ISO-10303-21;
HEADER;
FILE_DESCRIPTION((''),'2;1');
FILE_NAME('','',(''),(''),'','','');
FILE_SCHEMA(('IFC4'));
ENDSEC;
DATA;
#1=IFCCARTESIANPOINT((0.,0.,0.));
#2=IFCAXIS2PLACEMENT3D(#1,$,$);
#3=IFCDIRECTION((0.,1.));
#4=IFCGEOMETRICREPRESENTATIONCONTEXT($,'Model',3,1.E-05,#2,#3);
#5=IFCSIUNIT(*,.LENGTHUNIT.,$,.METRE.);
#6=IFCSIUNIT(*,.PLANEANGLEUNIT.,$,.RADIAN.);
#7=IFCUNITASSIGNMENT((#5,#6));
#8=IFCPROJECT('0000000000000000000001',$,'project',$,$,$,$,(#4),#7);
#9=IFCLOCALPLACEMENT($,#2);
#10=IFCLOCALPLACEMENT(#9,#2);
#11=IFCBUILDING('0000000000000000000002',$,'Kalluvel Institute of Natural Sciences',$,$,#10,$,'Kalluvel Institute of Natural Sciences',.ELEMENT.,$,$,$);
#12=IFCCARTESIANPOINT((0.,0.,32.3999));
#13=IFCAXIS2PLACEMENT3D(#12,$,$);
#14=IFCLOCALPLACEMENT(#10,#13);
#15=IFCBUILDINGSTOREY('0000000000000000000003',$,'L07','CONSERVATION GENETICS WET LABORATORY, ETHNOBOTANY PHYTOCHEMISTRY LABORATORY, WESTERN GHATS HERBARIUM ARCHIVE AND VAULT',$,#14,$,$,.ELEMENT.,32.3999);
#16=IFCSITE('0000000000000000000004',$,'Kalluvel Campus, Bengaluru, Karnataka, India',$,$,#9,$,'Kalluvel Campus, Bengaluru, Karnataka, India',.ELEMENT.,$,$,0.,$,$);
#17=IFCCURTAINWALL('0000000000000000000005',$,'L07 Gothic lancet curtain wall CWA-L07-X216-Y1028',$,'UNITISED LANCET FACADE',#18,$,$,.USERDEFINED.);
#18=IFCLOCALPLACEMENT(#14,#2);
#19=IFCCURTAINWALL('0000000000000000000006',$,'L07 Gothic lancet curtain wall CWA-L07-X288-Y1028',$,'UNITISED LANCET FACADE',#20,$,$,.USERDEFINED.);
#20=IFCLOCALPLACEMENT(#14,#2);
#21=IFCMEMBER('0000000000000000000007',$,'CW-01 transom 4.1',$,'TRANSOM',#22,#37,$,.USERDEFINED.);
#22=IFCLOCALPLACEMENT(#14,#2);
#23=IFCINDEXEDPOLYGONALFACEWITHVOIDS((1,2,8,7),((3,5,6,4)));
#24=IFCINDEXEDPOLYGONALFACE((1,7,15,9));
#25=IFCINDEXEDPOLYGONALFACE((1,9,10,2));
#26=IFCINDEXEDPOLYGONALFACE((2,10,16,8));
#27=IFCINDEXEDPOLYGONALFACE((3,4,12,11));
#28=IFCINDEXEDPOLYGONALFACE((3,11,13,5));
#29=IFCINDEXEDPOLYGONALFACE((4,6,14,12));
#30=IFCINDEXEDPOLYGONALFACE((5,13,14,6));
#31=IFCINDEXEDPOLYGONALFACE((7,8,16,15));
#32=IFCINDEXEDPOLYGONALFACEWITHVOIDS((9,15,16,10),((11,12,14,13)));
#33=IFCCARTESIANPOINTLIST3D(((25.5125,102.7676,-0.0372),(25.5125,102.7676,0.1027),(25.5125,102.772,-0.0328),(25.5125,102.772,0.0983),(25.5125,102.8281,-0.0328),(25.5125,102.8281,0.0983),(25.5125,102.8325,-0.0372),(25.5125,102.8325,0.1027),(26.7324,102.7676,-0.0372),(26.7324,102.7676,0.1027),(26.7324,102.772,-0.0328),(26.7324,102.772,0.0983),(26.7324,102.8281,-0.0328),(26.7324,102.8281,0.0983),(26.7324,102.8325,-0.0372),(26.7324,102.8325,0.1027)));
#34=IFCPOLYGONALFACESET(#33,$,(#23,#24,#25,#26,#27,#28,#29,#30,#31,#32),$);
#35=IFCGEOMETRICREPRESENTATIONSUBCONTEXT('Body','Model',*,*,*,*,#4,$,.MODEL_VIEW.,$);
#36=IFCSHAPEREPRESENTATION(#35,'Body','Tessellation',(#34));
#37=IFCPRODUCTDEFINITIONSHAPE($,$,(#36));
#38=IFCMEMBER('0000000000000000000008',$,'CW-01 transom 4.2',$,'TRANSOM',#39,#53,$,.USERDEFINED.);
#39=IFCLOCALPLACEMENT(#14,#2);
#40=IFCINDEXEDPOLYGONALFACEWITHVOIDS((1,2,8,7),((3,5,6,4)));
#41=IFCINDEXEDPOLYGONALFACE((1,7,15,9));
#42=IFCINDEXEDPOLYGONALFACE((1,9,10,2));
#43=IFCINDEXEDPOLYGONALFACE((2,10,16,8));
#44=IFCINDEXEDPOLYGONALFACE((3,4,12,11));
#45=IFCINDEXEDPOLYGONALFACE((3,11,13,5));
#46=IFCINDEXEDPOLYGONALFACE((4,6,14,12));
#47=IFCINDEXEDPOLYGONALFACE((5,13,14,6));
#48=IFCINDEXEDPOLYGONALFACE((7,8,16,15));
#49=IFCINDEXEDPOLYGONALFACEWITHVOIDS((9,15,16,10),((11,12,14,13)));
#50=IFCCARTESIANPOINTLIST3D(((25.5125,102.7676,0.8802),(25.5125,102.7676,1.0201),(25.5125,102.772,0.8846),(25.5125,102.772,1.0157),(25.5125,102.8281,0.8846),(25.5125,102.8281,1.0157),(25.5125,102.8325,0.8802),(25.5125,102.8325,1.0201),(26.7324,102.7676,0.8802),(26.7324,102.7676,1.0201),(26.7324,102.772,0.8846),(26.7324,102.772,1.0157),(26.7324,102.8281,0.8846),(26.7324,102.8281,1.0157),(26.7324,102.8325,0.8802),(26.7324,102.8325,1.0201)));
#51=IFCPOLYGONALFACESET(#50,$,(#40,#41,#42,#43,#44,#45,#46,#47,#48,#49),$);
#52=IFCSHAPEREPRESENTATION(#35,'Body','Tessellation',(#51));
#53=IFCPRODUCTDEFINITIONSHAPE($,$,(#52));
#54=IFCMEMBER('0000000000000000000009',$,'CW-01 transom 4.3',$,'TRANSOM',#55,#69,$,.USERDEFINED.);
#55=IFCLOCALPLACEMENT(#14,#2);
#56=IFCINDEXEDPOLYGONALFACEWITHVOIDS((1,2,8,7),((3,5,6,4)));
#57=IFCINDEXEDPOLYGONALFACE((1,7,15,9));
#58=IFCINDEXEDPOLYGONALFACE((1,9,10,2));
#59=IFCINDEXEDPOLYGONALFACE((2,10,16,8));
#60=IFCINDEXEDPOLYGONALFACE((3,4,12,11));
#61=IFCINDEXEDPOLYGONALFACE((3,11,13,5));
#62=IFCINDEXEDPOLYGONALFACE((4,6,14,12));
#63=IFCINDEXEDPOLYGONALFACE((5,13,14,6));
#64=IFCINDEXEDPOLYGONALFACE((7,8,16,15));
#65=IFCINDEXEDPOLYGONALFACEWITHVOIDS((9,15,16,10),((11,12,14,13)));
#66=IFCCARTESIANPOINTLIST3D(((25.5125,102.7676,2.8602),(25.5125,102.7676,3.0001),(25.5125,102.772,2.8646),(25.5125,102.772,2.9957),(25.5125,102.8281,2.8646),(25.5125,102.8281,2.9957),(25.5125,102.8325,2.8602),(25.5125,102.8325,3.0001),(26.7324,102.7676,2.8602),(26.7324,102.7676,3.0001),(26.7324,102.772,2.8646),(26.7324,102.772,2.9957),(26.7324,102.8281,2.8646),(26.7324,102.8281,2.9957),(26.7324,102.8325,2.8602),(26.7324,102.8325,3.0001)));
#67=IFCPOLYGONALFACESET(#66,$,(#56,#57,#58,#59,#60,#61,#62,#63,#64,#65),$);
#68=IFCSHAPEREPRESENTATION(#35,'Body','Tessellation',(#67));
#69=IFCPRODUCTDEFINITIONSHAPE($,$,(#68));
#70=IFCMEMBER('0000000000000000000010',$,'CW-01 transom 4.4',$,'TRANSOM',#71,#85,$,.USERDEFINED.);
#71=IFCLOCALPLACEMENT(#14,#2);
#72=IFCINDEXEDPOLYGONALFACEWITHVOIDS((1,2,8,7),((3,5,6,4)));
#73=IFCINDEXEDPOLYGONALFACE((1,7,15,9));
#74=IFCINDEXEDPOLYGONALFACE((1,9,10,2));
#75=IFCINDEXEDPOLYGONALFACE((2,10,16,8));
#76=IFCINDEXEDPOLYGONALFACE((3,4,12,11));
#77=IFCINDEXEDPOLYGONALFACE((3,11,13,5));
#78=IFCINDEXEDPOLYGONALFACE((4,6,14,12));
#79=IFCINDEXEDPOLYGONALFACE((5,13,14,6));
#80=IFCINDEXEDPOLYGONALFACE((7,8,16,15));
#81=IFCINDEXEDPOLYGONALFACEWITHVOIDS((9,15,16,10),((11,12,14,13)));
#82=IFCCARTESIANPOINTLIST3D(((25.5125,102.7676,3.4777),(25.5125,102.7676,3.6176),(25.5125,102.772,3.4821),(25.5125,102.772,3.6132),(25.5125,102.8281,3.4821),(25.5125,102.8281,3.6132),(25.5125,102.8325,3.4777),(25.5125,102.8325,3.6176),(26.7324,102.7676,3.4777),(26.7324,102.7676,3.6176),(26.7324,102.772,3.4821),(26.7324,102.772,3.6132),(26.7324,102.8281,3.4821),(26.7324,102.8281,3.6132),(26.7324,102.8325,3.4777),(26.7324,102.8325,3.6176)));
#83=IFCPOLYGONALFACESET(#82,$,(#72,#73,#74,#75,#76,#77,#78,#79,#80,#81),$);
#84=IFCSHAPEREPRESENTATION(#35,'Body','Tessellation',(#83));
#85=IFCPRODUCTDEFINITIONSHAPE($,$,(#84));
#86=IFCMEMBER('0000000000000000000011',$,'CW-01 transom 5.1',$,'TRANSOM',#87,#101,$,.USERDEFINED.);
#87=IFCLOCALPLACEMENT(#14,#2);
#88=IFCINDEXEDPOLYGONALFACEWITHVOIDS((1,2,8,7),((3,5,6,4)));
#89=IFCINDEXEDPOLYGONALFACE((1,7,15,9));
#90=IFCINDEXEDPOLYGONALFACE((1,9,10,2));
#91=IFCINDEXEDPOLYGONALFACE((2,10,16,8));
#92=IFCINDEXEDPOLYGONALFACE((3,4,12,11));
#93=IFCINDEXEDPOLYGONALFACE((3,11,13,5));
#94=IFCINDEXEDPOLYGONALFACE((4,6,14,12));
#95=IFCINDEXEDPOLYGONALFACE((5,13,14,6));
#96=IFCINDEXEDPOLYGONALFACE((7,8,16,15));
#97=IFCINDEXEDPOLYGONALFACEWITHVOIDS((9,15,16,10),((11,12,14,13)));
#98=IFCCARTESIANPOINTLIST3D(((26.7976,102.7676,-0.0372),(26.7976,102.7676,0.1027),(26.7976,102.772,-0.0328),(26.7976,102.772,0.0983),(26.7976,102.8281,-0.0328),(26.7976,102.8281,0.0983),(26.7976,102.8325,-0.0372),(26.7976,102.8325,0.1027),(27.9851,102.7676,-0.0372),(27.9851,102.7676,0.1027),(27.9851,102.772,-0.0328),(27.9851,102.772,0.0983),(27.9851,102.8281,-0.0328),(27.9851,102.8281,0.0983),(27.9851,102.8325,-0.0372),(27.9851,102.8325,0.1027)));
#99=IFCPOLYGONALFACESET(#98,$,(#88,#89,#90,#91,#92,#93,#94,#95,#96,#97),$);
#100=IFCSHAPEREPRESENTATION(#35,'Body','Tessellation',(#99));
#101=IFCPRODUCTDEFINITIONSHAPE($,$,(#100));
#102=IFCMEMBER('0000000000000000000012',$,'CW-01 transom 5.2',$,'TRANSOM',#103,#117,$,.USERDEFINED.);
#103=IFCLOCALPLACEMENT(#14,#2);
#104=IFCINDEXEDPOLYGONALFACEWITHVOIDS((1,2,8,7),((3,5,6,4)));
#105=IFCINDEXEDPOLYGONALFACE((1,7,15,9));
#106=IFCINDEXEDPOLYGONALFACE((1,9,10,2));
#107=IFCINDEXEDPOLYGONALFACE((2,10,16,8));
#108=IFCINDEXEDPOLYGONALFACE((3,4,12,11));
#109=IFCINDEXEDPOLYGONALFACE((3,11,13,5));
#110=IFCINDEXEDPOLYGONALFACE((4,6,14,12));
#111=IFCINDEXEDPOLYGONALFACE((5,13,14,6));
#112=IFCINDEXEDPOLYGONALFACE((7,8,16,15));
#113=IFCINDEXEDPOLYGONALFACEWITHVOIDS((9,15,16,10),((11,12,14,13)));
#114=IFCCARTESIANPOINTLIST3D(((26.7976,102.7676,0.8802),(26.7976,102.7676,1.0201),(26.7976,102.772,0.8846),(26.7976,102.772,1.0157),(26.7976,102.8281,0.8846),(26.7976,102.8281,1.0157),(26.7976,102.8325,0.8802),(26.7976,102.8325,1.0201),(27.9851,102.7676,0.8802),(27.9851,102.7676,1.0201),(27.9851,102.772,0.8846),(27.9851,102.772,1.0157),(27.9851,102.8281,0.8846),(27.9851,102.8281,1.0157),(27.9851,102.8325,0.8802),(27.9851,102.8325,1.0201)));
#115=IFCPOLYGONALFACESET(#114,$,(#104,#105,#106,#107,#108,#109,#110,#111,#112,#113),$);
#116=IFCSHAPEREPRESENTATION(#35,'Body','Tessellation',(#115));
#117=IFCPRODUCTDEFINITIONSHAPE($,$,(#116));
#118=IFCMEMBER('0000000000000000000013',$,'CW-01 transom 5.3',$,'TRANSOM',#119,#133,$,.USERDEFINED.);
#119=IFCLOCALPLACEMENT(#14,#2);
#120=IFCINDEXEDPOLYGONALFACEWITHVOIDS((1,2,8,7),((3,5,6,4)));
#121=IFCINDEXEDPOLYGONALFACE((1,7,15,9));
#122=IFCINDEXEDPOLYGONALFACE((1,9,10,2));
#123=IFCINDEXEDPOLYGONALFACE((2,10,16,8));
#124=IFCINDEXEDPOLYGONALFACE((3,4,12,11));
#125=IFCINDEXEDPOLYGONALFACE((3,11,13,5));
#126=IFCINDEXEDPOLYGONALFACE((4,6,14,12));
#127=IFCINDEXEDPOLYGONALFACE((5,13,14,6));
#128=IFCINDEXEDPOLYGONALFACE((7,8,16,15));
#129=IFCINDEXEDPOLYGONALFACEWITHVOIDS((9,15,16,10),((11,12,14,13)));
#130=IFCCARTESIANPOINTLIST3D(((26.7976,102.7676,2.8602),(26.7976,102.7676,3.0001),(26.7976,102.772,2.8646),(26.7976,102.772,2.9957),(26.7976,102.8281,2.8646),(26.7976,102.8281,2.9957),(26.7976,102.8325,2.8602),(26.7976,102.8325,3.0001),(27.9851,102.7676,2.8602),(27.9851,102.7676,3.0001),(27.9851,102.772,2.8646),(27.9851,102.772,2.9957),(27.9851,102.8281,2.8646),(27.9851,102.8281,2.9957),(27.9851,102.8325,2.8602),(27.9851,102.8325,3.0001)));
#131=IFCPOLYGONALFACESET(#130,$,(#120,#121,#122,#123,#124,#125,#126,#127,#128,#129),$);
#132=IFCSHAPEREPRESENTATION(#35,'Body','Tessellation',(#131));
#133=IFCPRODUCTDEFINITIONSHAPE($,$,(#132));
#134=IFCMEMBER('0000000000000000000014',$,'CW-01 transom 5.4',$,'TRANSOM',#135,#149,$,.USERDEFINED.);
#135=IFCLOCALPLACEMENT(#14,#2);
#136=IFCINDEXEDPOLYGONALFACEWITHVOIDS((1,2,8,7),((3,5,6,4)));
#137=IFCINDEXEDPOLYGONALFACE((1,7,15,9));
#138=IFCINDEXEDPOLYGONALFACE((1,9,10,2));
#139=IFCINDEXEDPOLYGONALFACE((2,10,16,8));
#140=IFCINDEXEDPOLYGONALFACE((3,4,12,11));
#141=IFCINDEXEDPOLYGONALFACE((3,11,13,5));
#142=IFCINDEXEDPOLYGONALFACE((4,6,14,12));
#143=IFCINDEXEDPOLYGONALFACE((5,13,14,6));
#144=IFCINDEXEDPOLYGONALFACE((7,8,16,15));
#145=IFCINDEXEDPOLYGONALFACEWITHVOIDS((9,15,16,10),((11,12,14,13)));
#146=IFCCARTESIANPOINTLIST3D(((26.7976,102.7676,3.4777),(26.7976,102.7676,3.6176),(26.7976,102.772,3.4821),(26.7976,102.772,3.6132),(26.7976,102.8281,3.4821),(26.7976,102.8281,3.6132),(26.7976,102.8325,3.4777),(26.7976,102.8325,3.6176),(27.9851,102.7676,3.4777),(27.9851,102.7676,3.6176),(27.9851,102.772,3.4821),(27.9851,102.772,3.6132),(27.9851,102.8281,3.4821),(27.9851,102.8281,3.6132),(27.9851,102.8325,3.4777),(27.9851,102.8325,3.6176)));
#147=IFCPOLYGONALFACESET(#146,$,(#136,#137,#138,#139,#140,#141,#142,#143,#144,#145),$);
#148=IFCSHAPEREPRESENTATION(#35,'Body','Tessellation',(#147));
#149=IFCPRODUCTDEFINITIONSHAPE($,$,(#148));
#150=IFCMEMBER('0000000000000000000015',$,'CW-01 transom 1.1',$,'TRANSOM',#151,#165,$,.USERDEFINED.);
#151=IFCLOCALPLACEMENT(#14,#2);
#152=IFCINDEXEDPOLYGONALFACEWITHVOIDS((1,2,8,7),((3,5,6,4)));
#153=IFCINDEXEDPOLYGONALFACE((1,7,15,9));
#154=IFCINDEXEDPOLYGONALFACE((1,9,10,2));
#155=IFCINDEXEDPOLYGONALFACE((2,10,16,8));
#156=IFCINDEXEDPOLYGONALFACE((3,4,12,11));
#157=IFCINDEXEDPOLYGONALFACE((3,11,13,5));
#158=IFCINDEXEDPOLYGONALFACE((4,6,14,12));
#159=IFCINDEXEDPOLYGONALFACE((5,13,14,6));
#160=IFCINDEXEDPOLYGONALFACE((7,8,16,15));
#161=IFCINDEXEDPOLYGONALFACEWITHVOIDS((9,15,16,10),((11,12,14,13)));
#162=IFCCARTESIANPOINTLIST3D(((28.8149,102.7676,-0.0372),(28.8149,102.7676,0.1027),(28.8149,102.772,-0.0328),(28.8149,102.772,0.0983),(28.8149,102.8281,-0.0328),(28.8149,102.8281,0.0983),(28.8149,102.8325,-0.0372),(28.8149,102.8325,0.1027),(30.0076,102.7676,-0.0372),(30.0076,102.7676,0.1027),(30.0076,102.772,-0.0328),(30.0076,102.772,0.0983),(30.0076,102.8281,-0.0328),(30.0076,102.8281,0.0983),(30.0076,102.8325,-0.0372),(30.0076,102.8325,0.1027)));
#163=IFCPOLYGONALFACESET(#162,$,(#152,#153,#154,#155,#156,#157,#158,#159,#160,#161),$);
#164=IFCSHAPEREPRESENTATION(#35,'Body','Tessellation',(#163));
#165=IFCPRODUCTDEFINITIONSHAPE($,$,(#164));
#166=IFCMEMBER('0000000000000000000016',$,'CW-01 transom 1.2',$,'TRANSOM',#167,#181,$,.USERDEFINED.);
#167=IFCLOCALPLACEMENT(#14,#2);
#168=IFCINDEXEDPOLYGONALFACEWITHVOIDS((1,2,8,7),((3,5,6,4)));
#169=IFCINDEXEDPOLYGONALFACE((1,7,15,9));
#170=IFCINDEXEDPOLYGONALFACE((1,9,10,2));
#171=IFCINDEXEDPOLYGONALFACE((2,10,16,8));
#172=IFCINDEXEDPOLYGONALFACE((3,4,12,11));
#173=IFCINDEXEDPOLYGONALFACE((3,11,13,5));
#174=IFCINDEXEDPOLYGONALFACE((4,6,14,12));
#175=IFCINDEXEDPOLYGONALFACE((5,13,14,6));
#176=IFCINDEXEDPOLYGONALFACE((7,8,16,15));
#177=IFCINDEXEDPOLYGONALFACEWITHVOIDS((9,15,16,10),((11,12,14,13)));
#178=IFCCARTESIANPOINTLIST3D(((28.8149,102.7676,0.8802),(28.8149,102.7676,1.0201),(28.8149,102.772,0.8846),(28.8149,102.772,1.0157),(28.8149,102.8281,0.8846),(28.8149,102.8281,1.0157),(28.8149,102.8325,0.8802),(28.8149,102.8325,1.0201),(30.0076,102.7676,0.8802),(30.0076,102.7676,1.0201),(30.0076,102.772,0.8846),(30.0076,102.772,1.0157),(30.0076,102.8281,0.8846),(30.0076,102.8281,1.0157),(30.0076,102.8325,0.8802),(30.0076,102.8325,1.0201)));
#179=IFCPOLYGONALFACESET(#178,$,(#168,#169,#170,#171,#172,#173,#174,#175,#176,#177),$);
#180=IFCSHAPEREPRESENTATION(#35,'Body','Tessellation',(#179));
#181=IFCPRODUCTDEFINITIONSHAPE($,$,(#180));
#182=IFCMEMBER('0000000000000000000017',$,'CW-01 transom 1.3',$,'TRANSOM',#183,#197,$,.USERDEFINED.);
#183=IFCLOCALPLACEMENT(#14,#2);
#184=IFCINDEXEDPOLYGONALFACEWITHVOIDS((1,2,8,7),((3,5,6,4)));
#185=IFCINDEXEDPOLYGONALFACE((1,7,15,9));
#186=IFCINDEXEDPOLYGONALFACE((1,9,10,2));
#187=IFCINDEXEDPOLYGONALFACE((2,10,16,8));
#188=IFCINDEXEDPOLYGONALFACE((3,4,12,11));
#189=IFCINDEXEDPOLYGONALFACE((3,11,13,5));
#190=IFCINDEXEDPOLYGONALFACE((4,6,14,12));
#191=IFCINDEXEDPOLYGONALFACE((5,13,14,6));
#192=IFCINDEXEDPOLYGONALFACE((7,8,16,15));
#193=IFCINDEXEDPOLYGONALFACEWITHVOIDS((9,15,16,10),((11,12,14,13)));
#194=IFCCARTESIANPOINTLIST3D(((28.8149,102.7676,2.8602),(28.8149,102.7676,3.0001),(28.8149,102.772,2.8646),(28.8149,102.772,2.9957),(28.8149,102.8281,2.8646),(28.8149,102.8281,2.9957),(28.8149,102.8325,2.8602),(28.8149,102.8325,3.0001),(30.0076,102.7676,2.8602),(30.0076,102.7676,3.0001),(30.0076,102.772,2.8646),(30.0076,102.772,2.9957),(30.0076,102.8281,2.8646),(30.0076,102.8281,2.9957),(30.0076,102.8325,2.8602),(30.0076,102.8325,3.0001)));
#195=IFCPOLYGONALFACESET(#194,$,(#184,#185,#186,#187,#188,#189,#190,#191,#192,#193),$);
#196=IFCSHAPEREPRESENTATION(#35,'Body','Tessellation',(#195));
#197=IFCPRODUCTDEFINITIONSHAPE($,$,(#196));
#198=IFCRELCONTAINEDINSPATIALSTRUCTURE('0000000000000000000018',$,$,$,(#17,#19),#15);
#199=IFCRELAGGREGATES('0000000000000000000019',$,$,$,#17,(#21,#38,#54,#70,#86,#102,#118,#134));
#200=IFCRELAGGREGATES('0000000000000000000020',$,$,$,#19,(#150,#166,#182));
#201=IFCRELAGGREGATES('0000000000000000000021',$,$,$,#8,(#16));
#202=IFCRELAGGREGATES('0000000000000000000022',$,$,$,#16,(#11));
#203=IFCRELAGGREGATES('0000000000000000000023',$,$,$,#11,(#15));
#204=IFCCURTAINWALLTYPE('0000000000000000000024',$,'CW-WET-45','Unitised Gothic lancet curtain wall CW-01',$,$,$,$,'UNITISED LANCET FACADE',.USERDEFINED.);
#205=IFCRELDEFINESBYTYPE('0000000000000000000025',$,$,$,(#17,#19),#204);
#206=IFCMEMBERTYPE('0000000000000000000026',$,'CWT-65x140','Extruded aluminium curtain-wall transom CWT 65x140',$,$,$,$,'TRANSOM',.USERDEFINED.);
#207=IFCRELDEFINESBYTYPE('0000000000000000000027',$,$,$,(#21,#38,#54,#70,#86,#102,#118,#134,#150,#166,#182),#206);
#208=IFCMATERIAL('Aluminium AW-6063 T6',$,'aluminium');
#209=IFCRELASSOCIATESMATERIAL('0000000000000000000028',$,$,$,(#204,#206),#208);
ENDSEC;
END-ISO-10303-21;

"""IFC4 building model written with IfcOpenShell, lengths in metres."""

from ifc_helpers import new_model, si_unit, direction, frame, origin, origin_2d, place, context, subcontext, project, spatial, hollow_rectangle, extrude, material, material_profile, profile_set, type_object, element, aggregate, save


model = new_model("IFC4")

# Units and contexts
model_context = context("Model", 3, precision=1e-05, world=origin(), true_north=direction((0.0, 1.0)))
body_context = subcontext(model_context, "Body", "Model", "MODEL_VIEW")
ifc_project = project(units=[si_unit("LENGTHUNIT", "METRE"), si_unit("PLANEANGLEUNIT", "RADIAN")], contexts=[model_context])

# Site, building, storey
site_placement = place(None, origin())
site = spatial("IfcSite", under=ifc_project, at=site_placement, Name="Kalluvel Campus, Bengaluru, Karnataka, India", LongName="Kalluvel Campus, Bengaluru, Karnataka, India", CompositionType="ELEMENT", RefElevation=0.0)
building_placement = place(site_placement, origin())
building = spatial("IfcBuilding", under=site, at=building_placement, Name="Kalluvel Institute of Natural Sciences", LongName="Kalluvel Institute of Natural Sciences", CompositionType="ELEMENT")
storey_placement = place(building_placement, frame((0.0, 0.0, 32.3999)))
storey = spatial("IfcBuildingStorey", under=building, at=storey_placement, Name="L07", Description="CONSERVATION GENETICS WET LABORATORY, ETHNOBOTANY PHYTOCHEMISTRY LABORATORY, WESTERN GHATS HERBARIUM ARCHIVE AND VAULT", CompositionType="ELEMENT", Elevation=32.3999)

# Curtain wall
ifc_material_1 = material(Name="Aluminium AW-6063 T6", Category="aluminium")
curtain_wall_type = type_object("IfcCurtainWallType", Name="CW-WET-45", Description="Unitised Gothic lancet curtain wall CW-01", ElementType="UNITISED LANCET FACADE", PredefinedType="USERDEFINED", material=ifc_material_1)
curtain_wall_1_placement = place(storey_placement, origin())
curtain_wall_1 = element("IfcCurtainWall", 1, at=curtain_wall_1_placement, inside=storey, type_object=curtain_wall_type, Name="L07 Gothic lancet curtain wall CWA-L07-X216-Y1028", ObjectType="UNITISED LANCET FACADE", PredefinedType="USERDEFINED")

# Curtain wall
curtain_wall_2_placement = place(storey_placement, origin())
curtain_wall_2 = element("IfcCurtainWall", 2, at=curtain_wall_2_placement, inside=storey, type_object=curtain_wall_type, Name="L07 Gothic lancet curtain wall CWA-L07-X288-Y1028", ObjectType="UNITISED LANCET FACADE", PredefinedType="USERDEFINED")

# Members
ifc_material_profile_1 = material_profile(ifc_material_1, hollow_rectangle(XDim=0.0649, YDim=0.1399, WallThickness=0.0044, at=origin_2d()), Name="CWT 65x140")
ifc_profile_set_1 = profile_set([ifc_material_profile_1], Name="Aluminium AW-6063 T6")
member_type_1 = type_object("IfcMemberType", Name="CWT-65x140", Description="Extruded aluminium curtain-wall transom CWT 65x140", ElementType="TRANSOM", PredefinedType="USERDEFINED", material=ifc_profile_set_1)
member_1_placement = place(storey_placement, frame((25.5125, 102.8, 0.0327), z_axis=(1.0, 0.0, 0.0), x_axis=(0.0, 1.0, 0.0)))
member_1 = element("IfcMember", 3, at=member_1_placement, type_object=member_type_1, Name="CW-01 transom 4.1", ObjectType="TRANSOM", PredefinedType="USERDEFINED", context=body_context, shape_type="SweptSolid", body=[
    extrude(hollow_rectangle(XDim=0.0649, YDim=0.1399, WallThickness=0.0044, at=origin_2d()), origin(), (0.0, 0.0, 1.0), 1.22),
])
member_2_placement = place(storey_placement, frame((25.5125, 102.8, 0.9502), z_axis=(1.0, 0.0, 0.0), x_axis=(0.0, 1.0, 0.0)))
member_2 = element("IfcMember", 4, at=member_2_placement, type_object=member_type_1, Name="CW-01 transom 4.2", ObjectType="TRANSOM", PredefinedType="USERDEFINED", context=body_context, shape_type="SweptSolid", body=[
    extrude(hollow_rectangle(XDim=0.0649, YDim=0.1399, WallThickness=0.0044, at=origin_2d()), origin(), (0.0, 0.0, 1.0), 1.22),
])
member_3_placement = place(storey_placement, frame((25.5125, 102.8, 2.9302), z_axis=(1.0, 0.0, 0.0), x_axis=(0.0, 1.0, 0.0)))
member_3 = element("IfcMember", 5, at=member_3_placement, type_object=member_type_1, Name="CW-01 transom 4.3", ObjectType="TRANSOM", PredefinedType="USERDEFINED", context=body_context, shape_type="SweptSolid", body=[
    extrude(hollow_rectangle(XDim=0.0649, YDim=0.1399, WallThickness=0.0044, at=origin_2d()), origin(), (0.0, 0.0, 1.0), 1.22),
])
member_4_placement = place(storey_placement, frame((25.5125, 102.8, 3.5476), z_axis=(1.0, 0.0, 0.0), x_axis=(0.0, 1.0, 0.0)))
member_4 = element("IfcMember", 6, at=member_4_placement, type_object=member_type_1, Name="CW-01 transom 4.4", ObjectType="TRANSOM", PredefinedType="USERDEFINED", context=body_context, shape_type="SweptSolid", body=[
    extrude(hollow_rectangle(XDim=0.0649, YDim=0.1399, WallThickness=0.0044, at=origin_2d()), origin(), (0.0, 0.0, 1.0), 1.22),
])
member_5_placement = place(storey_placement, frame((26.7976, 102.8, 0.0327), z_axis=(1.0, 0.0, 0.0), x_axis=(0.0, 1.0, 0.0)))
member_5 = element("IfcMember", 7, at=member_5_placement, type_object=member_type_1, Name="CW-01 transom 5.1", ObjectType="TRANSOM", PredefinedType="USERDEFINED", context=body_context, shape_type="SweptSolid", body=[
    extrude(hollow_rectangle(XDim=0.0649, YDim=0.1399, WallThickness=0.0044, at=origin_2d()), origin(), (0.0, 0.0, 1.0), 1.1875),
])
member_6_placement = place(storey_placement, frame((26.7976, 102.8, 0.9502), z_axis=(1.0, 0.0, 0.0), x_axis=(0.0, 1.0, 0.0)))
member_6 = element("IfcMember", 8, at=member_6_placement, type_object=member_type_1, Name="CW-01 transom 5.2", ObjectType="TRANSOM", PredefinedType="USERDEFINED", context=body_context, shape_type="SweptSolid", body=[
    extrude(hollow_rectangle(XDim=0.0649, YDim=0.1399, WallThickness=0.0044, at=origin_2d()), origin(), (0.0, 0.0, 1.0), 1.1875),
])
member_7_placement = place(storey_placement, frame((26.7976, 102.8, 2.9302), z_axis=(1.0, 0.0, 0.0), x_axis=(0.0, 1.0, 0.0)))
member_7 = element("IfcMember", 9, at=member_7_placement, type_object=member_type_1, Name="CW-01 transom 5.3", ObjectType="TRANSOM", PredefinedType="USERDEFINED", context=body_context, shape_type="SweptSolid", body=[
    extrude(hollow_rectangle(XDim=0.0649, YDim=0.1399, WallThickness=0.0044, at=origin_2d()), origin(), (0.0, 0.0, 1.0), 1.1875),
])
member_8_placement = place(storey_placement, frame((26.7976, 102.8, 3.5476), z_axis=(1.0, 0.0, 0.0), x_axis=(0.0, 1.0, 0.0)))
member_8 = element("IfcMember", 10, at=member_8_placement, type_object=member_type_1, Name="CW-01 transom 5.4", ObjectType="TRANSOM", PredefinedType="USERDEFINED", context=body_context, shape_type="SweptSolid", body=[
    extrude(hollow_rectangle(XDim=0.0649, YDim=0.1399, WallThickness=0.0044, at=origin_2d()), origin(), (0.0, 0.0, 1.0), 1.1875),
])
member_9_placement = place(storey_placement, frame((28.8149, 102.8, 0.0327), z_axis=(1.0, 0.0, 0.0), x_axis=(0.0, 1.0, 0.0)))
member_9 = element("IfcMember", 11, at=member_9_placement, type_object=member_type_1, Name="CW-01 transom 1.1", ObjectType="TRANSOM", PredefinedType="USERDEFINED", context=body_context, shape_type="SweptSolid", body=[
    extrude(hollow_rectangle(XDim=0.0649, YDim=0.1399, WallThickness=0.0044, at=origin_2d()), origin(), (0.0, 0.0, 1.0), 1.1926),
])
member_10_placement = place(storey_placement, frame((28.8149, 102.8, 0.9502), z_axis=(1.0, 0.0, 0.0), x_axis=(0.0, 1.0, 0.0)))
member_10 = element("IfcMember", 12, at=member_10_placement, type_object=member_type_1, Name="CW-01 transom 1.2", ObjectType="TRANSOM", PredefinedType="USERDEFINED", context=body_context, shape_type="SweptSolid", body=[
    extrude(hollow_rectangle(XDim=0.0649, YDim=0.1399, WallThickness=0.0044, at=origin_2d()), origin(), (0.0, 0.0, 1.0), 1.1926),
])
member_11_placement = place(storey_placement, frame((28.8149, 102.8, 2.9302), z_axis=(1.0, 0.0, 0.0), x_axis=(0.0, 1.0, 0.0)))
member_11 = element("IfcMember", 13, at=member_11_placement, type_object=member_type_1, Name="CW-01 transom 1.3", ObjectType="TRANSOM", PredefinedType="USERDEFINED", context=body_context, shape_type="SweptSolid", body=[
    extrude(hollow_rectangle(XDim=0.0649, YDim=0.1399, WallThickness=0.0044, at=origin_2d()), origin(), (0.0, 0.0, 1.0), 1.1926),
])

aggregate(curtain_wall_1, [member_1, member_2, member_3, member_4, member_5, member_6, member_7, member_8])
aggregate(curtain_wall_2, [member_9, member_10, member_11])

save(model, "model.ifc")
